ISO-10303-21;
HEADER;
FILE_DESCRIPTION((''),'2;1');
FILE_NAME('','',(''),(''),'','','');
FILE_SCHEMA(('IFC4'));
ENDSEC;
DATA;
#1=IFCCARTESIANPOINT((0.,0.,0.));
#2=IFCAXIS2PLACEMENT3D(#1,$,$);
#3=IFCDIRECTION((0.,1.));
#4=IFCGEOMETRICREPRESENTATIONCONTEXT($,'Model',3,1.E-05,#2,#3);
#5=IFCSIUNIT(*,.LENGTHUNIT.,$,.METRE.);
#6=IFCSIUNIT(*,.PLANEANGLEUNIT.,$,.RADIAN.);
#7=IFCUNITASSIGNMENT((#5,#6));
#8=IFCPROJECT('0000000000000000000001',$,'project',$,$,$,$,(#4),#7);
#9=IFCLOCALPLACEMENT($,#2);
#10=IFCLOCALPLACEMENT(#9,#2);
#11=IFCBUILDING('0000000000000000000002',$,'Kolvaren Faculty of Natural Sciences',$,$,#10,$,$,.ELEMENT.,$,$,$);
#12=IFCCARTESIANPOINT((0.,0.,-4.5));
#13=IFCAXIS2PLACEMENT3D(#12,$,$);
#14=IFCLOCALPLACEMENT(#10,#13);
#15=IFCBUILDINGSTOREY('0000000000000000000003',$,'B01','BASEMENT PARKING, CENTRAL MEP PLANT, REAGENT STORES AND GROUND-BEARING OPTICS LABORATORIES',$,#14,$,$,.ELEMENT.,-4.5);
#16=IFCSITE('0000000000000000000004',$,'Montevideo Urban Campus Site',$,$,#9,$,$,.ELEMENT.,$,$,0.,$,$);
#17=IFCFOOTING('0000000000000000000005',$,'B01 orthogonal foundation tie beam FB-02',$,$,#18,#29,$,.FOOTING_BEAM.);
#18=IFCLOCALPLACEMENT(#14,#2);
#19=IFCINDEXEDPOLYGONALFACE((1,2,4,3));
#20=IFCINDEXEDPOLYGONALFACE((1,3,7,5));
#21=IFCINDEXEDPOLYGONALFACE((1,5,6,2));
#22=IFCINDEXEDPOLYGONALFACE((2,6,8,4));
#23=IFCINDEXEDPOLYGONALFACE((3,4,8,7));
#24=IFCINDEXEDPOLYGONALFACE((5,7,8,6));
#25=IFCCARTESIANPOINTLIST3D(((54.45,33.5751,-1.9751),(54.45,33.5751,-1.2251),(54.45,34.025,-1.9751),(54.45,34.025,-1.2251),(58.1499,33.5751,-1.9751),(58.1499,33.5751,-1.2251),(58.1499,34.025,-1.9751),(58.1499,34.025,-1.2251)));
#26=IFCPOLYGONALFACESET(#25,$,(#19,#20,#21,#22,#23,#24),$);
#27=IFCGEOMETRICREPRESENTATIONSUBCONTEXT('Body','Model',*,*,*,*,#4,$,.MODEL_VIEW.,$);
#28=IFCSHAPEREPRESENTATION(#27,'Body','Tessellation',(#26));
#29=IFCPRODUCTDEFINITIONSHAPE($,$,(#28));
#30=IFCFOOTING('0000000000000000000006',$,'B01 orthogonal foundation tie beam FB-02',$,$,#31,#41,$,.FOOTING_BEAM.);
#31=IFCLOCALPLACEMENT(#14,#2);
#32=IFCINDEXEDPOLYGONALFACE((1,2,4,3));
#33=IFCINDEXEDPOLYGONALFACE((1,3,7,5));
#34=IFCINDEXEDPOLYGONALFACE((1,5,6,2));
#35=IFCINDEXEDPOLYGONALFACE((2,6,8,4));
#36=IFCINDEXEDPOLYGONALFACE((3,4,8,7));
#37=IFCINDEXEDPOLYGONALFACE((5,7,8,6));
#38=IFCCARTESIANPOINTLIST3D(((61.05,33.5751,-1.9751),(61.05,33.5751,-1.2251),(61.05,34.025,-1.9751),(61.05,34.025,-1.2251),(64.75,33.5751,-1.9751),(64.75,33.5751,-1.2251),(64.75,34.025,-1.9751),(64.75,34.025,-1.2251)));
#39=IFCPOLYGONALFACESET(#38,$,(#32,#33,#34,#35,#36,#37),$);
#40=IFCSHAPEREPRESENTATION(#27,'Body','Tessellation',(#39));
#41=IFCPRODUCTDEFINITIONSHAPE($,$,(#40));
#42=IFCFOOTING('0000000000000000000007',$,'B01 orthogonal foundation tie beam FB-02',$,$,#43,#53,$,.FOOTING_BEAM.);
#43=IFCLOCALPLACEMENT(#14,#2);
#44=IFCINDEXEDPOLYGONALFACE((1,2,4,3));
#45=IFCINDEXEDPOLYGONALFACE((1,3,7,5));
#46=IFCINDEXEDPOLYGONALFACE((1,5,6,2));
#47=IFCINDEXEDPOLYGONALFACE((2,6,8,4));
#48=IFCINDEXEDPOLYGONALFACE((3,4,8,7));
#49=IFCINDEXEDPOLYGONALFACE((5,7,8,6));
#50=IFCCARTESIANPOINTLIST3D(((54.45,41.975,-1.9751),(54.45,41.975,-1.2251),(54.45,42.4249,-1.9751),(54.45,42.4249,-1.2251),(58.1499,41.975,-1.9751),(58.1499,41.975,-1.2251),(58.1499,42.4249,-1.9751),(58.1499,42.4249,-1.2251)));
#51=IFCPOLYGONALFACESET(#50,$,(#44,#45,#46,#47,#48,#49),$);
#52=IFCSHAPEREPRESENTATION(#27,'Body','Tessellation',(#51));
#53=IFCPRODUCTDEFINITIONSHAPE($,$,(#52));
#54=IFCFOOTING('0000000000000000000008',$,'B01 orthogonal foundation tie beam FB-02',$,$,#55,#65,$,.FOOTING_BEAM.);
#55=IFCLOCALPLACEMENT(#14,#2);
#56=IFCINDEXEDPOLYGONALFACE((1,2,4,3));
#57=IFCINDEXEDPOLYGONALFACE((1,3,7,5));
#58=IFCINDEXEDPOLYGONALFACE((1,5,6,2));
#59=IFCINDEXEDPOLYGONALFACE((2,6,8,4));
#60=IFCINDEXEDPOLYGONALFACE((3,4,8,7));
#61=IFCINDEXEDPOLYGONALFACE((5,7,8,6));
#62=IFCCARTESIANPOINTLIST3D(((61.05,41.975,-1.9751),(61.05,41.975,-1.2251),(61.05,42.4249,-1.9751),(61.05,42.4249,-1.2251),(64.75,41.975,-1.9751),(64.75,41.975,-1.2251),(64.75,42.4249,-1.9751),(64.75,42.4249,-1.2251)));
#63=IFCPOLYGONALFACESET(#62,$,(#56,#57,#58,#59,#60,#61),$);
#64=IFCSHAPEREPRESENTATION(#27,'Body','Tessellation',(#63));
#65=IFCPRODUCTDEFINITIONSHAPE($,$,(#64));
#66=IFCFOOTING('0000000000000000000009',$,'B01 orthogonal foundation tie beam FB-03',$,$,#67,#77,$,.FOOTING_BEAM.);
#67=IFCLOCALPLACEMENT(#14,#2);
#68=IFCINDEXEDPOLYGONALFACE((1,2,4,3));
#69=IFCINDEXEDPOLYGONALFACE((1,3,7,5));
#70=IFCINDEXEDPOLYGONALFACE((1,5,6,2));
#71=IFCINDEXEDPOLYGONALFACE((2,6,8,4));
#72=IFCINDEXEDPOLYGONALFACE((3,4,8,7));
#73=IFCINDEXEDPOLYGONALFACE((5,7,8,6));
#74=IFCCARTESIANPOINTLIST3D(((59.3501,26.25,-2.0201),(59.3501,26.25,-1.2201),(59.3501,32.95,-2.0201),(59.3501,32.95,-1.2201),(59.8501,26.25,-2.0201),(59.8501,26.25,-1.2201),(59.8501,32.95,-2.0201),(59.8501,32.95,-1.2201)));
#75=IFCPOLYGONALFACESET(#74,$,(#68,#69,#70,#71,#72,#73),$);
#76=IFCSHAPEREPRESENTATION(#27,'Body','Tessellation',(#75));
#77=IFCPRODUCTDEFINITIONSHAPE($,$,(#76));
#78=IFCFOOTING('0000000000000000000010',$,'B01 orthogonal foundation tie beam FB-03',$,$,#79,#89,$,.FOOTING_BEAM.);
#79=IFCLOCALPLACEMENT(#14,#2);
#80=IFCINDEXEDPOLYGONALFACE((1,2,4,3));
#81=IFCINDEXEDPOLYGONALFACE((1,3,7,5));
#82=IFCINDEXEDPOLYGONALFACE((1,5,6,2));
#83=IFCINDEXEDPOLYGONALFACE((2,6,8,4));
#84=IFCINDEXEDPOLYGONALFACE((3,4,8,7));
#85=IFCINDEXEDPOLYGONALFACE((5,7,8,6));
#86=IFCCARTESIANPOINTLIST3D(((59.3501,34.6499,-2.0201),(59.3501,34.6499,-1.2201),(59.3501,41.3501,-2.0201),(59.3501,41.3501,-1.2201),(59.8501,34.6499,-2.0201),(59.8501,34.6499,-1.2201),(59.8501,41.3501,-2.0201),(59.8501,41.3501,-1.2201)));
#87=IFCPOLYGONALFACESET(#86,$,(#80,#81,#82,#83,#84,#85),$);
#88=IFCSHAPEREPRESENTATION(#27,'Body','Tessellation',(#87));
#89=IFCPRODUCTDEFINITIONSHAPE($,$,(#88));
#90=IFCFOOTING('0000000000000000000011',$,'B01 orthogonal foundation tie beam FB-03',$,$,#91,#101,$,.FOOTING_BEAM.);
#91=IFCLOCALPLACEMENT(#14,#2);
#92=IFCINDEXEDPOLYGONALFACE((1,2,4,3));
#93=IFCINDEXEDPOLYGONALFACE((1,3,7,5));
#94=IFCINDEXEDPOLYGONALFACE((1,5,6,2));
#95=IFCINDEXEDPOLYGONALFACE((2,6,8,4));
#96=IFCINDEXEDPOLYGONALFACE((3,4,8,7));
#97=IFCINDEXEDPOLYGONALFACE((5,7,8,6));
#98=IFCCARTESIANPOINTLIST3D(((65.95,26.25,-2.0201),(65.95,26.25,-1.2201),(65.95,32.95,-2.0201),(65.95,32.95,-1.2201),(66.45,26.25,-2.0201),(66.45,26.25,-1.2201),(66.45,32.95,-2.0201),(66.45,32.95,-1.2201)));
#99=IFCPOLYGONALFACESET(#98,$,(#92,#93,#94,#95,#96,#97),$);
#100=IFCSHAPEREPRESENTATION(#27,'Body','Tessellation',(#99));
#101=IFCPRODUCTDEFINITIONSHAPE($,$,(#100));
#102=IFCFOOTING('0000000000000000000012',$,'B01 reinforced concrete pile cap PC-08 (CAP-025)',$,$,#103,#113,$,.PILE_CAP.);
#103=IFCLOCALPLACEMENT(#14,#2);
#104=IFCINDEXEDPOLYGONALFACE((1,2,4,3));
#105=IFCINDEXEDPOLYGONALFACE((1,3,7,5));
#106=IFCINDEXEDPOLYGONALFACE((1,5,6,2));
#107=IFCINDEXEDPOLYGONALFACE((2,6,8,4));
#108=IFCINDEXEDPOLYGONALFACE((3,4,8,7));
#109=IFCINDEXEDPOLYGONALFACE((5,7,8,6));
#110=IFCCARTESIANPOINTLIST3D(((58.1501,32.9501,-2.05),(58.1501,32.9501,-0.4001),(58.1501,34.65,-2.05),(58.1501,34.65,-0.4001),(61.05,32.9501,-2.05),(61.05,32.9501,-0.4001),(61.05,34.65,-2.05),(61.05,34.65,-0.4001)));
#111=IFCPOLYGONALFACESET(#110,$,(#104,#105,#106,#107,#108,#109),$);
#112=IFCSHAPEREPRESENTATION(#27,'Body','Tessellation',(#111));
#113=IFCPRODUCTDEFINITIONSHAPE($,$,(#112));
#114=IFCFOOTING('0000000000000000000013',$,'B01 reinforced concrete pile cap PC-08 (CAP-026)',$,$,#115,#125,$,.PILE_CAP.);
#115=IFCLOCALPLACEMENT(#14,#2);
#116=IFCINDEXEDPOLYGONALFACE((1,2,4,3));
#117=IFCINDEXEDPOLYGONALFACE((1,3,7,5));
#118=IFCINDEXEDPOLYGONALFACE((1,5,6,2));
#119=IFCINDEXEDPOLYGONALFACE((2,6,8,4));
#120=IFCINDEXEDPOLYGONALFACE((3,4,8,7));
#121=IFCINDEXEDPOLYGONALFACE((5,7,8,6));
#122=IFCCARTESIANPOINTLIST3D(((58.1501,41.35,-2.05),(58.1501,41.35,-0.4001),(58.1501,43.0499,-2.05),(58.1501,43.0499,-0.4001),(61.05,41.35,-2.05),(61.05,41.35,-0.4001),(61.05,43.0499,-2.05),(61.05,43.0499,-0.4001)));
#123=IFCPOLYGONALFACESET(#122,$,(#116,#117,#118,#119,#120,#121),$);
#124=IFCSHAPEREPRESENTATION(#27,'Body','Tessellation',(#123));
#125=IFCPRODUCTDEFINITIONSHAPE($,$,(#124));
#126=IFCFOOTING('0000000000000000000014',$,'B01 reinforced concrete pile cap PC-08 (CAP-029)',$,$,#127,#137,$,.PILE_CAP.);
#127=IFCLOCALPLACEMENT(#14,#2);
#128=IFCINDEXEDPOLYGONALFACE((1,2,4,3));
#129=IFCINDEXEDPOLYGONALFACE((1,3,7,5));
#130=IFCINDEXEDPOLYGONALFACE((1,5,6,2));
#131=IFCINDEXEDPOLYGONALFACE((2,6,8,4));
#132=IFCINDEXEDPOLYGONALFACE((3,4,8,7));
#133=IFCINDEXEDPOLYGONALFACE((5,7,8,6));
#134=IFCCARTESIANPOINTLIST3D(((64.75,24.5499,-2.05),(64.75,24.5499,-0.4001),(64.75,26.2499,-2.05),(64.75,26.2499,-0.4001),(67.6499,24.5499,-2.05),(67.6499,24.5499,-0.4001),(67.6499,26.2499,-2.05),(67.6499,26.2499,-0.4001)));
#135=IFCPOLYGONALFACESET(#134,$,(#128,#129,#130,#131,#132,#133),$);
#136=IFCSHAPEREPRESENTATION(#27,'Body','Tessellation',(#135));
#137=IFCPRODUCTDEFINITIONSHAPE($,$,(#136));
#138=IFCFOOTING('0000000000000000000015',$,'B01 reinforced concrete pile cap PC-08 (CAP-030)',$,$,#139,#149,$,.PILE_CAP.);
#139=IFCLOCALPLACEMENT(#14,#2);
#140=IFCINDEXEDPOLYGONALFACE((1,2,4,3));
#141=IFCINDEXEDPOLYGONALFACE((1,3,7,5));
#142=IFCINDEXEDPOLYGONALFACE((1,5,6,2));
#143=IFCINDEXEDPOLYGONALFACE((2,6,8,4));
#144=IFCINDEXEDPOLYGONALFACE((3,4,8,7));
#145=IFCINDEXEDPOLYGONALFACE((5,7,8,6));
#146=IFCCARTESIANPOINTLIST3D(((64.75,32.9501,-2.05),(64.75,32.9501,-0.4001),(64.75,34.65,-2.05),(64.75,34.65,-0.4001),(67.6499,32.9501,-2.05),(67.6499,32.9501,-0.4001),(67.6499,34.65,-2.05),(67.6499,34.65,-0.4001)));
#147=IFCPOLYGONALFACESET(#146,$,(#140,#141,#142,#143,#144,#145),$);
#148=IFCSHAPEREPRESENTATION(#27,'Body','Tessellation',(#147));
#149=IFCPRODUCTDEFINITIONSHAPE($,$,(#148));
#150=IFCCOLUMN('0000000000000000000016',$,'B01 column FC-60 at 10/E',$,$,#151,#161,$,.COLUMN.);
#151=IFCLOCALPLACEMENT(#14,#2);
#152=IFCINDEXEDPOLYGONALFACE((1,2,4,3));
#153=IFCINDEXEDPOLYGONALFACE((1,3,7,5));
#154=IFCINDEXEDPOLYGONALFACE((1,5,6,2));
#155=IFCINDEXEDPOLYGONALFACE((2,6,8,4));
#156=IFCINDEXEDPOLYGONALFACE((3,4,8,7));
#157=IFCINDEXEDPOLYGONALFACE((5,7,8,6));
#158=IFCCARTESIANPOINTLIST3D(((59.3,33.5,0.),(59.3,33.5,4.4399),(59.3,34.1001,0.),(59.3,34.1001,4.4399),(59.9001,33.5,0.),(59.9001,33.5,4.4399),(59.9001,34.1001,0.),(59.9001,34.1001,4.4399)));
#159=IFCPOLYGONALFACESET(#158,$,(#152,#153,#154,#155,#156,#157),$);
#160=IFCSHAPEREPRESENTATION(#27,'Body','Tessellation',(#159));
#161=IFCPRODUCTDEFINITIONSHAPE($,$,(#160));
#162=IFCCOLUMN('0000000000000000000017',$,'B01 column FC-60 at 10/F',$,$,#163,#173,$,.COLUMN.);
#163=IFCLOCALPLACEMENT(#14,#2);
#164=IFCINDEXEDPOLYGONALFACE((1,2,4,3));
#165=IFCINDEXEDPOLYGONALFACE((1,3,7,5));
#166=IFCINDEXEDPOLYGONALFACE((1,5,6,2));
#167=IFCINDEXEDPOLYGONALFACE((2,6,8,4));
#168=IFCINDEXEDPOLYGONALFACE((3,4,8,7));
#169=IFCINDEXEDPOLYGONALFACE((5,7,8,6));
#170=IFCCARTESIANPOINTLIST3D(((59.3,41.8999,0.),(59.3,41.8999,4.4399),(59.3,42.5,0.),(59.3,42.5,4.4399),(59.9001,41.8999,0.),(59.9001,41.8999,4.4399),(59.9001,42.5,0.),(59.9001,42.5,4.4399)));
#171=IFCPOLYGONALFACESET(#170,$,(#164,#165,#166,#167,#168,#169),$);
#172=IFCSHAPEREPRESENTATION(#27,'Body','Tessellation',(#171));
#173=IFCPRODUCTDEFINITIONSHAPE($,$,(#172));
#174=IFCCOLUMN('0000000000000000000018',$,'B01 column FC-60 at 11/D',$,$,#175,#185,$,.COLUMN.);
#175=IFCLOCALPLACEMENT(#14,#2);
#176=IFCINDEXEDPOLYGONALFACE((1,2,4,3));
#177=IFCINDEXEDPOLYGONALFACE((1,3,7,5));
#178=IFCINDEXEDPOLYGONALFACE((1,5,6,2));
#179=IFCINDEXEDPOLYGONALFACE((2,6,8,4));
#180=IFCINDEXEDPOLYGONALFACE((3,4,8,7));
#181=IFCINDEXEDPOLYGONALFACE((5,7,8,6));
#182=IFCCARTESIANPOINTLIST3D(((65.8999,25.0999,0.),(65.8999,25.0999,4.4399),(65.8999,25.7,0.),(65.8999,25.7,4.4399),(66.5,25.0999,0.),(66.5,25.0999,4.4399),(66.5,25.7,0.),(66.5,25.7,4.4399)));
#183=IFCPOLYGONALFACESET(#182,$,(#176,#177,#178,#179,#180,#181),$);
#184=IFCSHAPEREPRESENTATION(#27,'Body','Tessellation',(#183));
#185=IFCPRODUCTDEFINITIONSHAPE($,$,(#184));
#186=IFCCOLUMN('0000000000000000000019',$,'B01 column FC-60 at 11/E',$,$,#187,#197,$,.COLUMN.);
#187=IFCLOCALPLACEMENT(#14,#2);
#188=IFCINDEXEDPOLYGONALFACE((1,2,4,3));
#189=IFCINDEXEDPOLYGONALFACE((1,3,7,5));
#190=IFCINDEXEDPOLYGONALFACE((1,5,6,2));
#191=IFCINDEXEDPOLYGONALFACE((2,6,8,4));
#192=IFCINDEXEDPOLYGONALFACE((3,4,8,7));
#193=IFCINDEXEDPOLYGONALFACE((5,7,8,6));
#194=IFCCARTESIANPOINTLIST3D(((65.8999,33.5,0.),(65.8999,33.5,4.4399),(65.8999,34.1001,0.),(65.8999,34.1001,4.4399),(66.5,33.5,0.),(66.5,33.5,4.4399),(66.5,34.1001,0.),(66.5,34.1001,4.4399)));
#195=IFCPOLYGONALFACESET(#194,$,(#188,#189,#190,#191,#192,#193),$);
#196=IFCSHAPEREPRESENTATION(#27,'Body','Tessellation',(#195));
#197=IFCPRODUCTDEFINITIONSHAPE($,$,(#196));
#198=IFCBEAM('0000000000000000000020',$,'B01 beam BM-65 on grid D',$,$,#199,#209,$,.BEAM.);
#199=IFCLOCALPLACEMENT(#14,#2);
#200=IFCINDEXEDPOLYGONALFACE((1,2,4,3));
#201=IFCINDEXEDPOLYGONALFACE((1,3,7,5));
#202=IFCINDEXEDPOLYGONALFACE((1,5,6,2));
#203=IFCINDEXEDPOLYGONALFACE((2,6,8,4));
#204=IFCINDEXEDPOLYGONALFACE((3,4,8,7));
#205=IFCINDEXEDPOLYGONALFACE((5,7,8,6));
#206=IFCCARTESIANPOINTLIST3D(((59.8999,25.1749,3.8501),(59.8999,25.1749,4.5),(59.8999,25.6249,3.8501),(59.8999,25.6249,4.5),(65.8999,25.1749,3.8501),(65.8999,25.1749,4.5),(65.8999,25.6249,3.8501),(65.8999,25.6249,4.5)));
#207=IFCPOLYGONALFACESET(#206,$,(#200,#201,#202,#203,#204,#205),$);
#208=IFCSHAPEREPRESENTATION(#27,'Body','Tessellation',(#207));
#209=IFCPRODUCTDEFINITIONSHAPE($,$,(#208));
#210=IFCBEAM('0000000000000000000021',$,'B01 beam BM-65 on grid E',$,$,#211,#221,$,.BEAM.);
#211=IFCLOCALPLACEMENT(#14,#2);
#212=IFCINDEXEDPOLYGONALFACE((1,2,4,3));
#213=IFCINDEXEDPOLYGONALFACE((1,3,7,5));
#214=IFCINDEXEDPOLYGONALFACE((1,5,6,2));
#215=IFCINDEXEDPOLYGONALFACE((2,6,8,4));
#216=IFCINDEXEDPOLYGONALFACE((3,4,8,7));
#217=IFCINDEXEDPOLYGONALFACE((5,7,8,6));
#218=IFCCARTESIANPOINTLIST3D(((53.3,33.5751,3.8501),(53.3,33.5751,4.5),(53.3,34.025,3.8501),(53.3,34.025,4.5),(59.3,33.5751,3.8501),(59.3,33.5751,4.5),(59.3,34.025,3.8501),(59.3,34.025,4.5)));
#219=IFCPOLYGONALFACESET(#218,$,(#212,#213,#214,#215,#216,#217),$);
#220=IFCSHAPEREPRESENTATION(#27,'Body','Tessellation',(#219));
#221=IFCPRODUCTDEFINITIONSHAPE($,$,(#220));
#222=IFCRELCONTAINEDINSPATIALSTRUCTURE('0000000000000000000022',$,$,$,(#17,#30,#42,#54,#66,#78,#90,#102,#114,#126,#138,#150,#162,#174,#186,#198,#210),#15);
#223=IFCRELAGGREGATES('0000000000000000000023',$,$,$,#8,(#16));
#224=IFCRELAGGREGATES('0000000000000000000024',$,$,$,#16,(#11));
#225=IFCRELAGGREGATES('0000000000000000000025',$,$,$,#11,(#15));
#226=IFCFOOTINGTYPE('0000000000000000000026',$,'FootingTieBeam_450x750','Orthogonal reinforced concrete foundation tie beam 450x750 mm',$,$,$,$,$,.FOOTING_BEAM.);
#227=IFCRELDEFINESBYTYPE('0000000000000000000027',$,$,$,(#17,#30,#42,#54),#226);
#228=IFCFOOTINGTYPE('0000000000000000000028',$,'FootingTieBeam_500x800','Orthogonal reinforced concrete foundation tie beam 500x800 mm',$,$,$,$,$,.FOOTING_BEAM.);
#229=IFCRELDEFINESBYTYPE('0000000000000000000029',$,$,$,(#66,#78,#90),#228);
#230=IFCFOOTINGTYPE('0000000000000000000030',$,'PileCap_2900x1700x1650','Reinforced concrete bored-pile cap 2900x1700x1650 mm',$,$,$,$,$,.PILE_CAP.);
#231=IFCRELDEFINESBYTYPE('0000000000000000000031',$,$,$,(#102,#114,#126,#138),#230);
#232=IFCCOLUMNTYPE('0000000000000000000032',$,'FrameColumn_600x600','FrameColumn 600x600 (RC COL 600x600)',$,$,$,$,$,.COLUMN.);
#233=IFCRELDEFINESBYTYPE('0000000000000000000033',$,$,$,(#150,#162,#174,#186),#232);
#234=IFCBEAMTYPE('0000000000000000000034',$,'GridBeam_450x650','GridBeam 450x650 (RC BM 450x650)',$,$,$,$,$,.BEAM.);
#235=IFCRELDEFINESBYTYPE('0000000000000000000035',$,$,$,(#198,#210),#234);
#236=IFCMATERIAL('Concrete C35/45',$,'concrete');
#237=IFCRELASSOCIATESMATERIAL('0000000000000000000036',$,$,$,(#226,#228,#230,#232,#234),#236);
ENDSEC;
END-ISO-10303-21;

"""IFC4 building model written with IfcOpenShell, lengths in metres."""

from ifc_helpers import new_model, si_unit, direction, frame, origin, origin_2d, place, context, subcontext, project, spatial, rectangle, extrude, material, material_profile, profile_set, type_object, element, save


model = new_model("IFC4")

# Units and contexts
model_context = context("Model", 3, precision=1e-05, world=origin(), true_north=direction((0.0, 1.0)))
body_context = subcontext(model_context, "Body", "Model", "MODEL_VIEW")
ifc_project = project(units=[si_unit("LENGTHUNIT", "METRE"), si_unit("PLANEANGLEUNIT", "RADIAN")], contexts=[model_context])

# Site, building, storey
site_placement = place(None, origin())
site = spatial("IfcSite", under=ifc_project, at=site_placement, Name="Montevideo Urban Campus Site", CompositionType="ELEMENT", RefElevation=0.0)
building_placement = place(site_placement, origin())
building = spatial("IfcBuilding", under=site, at=building_placement, Name="Kolvaren Faculty of Natural Sciences", CompositionType="ELEMENT")
storey_placement = place(building_placement, frame((0.0, 0.0, -4.5)))
storey = spatial("IfcBuildingStorey", under=building, at=storey_placement, Name="B01", Description="BASEMENT PARKING, CENTRAL MEP PLANT, REAGENT STORES AND GROUND-BEARING OPTICS LABORATORIES", CompositionType="ELEMENT", Elevation=-4.5)

# Shared definitions
ifc_material = material(Name="Concrete C35/45", Category="concrete")

# Footings
ifc_material_profile_1 = material_profile(ifc_material, rectangle(XDim=0.45, YDim=0.75, at=origin_2d()), Name="RC FB 450x750")
ifc_profile_set_1 = profile_set([ifc_material_profile_1], Name="Concrete C35/45")
footing_type_1 = type_object("IfcFootingType", Name="FootingTieBeam_450x750", Description="Orthogonal reinforced concrete foundation tie beam 450x750 mm", PredefinedType="FOOTING_BEAM", material=ifc_profile_set_1)
for number, where, z_axis, x_axis, name in (
    (1, (54.45, 33.8, -1.6001), (1.0, 0.0, 0.0), (0.0, 1.0, 0.0), "B01 orthogonal foundation tie beam FB-02"),
    (2, (61.05, 33.8, -1.6001), (1.0, 0.0, 0.0), (0.0, 1.0, 0.0), "B01 orthogonal foundation tie beam FB-02"),
    (3, (54.45, 42.2, -1.6001), (1.0, 0.0, 0.0), (0.0, 1.0, 0.0), "B01 orthogonal foundation tie beam FB-02"),
    (4, (61.05, 42.2, -1.6001), (1.0, 0.0, 0.0), (0.0, 1.0, 0.0), "B01 orthogonal foundation tie beam FB-02"),
):
    element("IfcFooting", number, at=place(storey_placement, frame(where, z_axis=z_axis, x_axis=x_axis)), inside=storey, type_object=footing_type_1, Name=name, PredefinedType="FOOTING_BEAM", context=body_context, shape_type="SweptSolid", body=[
        extrude(rectangle(XDim=0.45, YDim=0.75, at=origin_2d()), origin(), (0.0, 0.0, 1.0), 3.7),
    ])
ifc_material_profile_2 = material_profile(ifc_material, rectangle(XDim=0.5, YDim=0.8, at=origin_2d()), Name="RC FB 500x800")
ifc_profile_set_2 = profile_set([ifc_material_profile_2], Name="Concrete C35/45")
footing_type_2 = type_object("IfcFootingType", Name="FootingTieBeam_500x800", Description="Orthogonal reinforced concrete foundation tie beam 500x800 mm", PredefinedType="FOOTING_BEAM", material=ifc_profile_set_2)
footing_1_placement = place(storey_placement, frame((59.6001, 26.25, -1.6201), z_axis=(0.0, 1.0, 0.0), x_axis=(-1.0, 0.0, 0.0)))
element("IfcFooting", 5, at=footing_1_placement, inside=storey, type_object=footing_type_2, Name="B01 orthogonal foundation tie beam FB-03", PredefinedType="FOOTING_BEAM", context=body_context, shape_type="SweptSolid", body=[
    extrude(rectangle(XDim=0.5, YDim=0.8, at=origin_2d()), origin(), (0.0, 0.0, 1.0), 6.7),
])
footing_2_placement = place(storey_placement, frame((59.6001, 34.6499, -1.6201), z_axis=(0.0, 1.0, 0.0), x_axis=(-1.0, 0.0, 0.0)))
element("IfcFooting", 6, at=footing_2_placement, inside=storey, type_object=footing_type_2, Name="B01 orthogonal foundation tie beam FB-03", PredefinedType="FOOTING_BEAM", context=body_context, shape_type="SweptSolid", body=[
    extrude(rectangle(XDim=0.5, YDim=0.8, at=origin_2d()), origin(), (0.0, 0.0, 1.0), 6.7002),
])
footing_3_placement = place(storey_placement, frame((66.2, 26.25, -1.6201), z_axis=(0.0, 1.0, 0.0), x_axis=(-1.0, 0.0, 0.0)))
element("IfcFooting", 7, at=footing_3_placement, inside=storey, type_object=footing_type_2, Name="B01 orthogonal foundation tie beam FB-03", PredefinedType="FOOTING_BEAM", context=body_context, shape_type="SweptSolid", body=[
    extrude(rectangle(XDim=0.5, YDim=0.8, at=origin_2d()), origin(), (0.0, 0.0, 1.0), 6.7),
])
footing_type_3 = type_object("IfcFootingType", Name="PileCap_2900x1700x1650", Description="Reinforced concrete bored-pile cap 2900x1700x1650 mm", PredefinedType="PILE_CAP", material=ifc_material)
for number, where, z_axis, x_axis, name in (
    (8, (59.6001, 33.8, -2.05), (0.0, 0.0, 1.0), (1.0, 0.0, 0.0), "B01 reinforced concrete pile cap PC-08 (CAP-025)"),
    (9, (59.6001, 42.2, -2.05), (0.0, 0.0, 1.0), (1.0, 0.0, 0.0), "B01 reinforced concrete pile cap PC-08 (CAP-026)"),
    (10, (66.2, 25.3999, -2.05), (0.0, 0.0, 1.0), (1.0, 0.0, 0.0), "B01 reinforced concrete pile cap PC-08 (CAP-029)"),
    (11, (66.2, 33.8, -2.05), (0.0, 0.0, 1.0), (1.0, 0.0, 0.0), "B01 reinforced concrete pile cap PC-08 (CAP-030)"),
):
    element("IfcFooting", number, at=place(storey_placement, frame(where, z_axis=z_axis, x_axis=x_axis)), inside=storey, type_object=footing_type_3, Name=name, PredefinedType="PILE_CAP", context=body_context, shape_type="SweptSolid", body=[
        extrude(rectangle(XDim=2.8999, YDim=1.7, at=origin_2d()), origin(), (0.0, 0.0, 1.0), 1.6499),
    ])

# Columns
ifc_material_profile_3 = material_profile(ifc_material, rectangle(XDim=0.6001, YDim=0.6001, at=origin_2d()), Name="RC COL 600x600")
ifc_profile_set_3 = profile_set([ifc_material_profile_3], Name="Concrete C35/45")
column_type = type_object("IfcColumnType", Name="FrameColumn_600x600", Description="FrameColumn 600x600 (RC COL 600x600)", PredefinedType="COLUMN", material=ifc_profile_set_3)
for number, where, z_axis, x_axis, name in (
    (12, (59.6001, 33.8, 0.0), (0.0, 0.0, 1.0), (1.0, 0.0, 0.0), "B01 column FC-60 at 10/E"),
    (13, (59.6001, 42.2, 0.0), (0.0, 0.0, 1.0), (1.0, 0.0, 0.0), "B01 column FC-60 at 10/F"),
    (14, (66.2, 25.3999, 0.0), (0.0, 0.0, 1.0), (1.0, 0.0, 0.0), "B01 column FC-60 at 11/D"),
    (15, (66.2, 33.8, 0.0), (0.0, 0.0, 1.0), (1.0, 0.0, 0.0), "B01 column FC-60 at 11/E"),
):
    element("IfcColumn", number, at=place(storey_placement, frame(where, z_axis=z_axis, x_axis=x_axis)), inside=storey, type_object=column_type, Name=name, PredefinedType="COLUMN", context=body_context, shape_type="SweptSolid", body=[
        extrude(rectangle(XDim=0.6001, YDim=0.6001, at=origin_2d()), origin(), (0.0, 0.0, 1.0), 4.4399),
    ])

# Beams
ifc_material_profile_4 = material_profile(ifc_material, rectangle(XDim=0.45, YDim=0.6499, at=origin_2d()), Name="RC BM 450x650")
ifc_profile_set_4 = profile_set([ifc_material_profile_4], Name="Concrete C35/45")
beam_type_1 = type_object("IfcBeamType", Name="GridBeam_450x650", Description="GridBeam 450x650 (RC BM 450x650)", PredefinedType="BEAM", material=ifc_profile_set_4)
for number, where, z_axis, x_axis, name in (
    (16, (59.8999, 25.3999, 4.175), (1.0, 0.0, 0.0), (0.0, 1.0, 0.0), "B01 beam BM-65 on grid D"),
    (17, (53.3, 33.8, 4.175), (1.0, 0.0, 0.0), (0.0, 1.0, 0.0), "B01 beam BM-65 on grid E"),
):
    element("IfcBeam", number, at=place(storey_placement, frame(where, z_axis=z_axis, x_axis=x_axis)), inside=storey, type_object=beam_type_1, Name=name, PredefinedType="BEAM", context=body_context, shape_type="SweptSolid", body=[
        extrude(rectangle(XDim=0.45, YDim=0.6499, at=origin_2d()), origin(), (0.0, 0.0, 1.0), 6.0),
    ])

save(model, "model.ifc")
